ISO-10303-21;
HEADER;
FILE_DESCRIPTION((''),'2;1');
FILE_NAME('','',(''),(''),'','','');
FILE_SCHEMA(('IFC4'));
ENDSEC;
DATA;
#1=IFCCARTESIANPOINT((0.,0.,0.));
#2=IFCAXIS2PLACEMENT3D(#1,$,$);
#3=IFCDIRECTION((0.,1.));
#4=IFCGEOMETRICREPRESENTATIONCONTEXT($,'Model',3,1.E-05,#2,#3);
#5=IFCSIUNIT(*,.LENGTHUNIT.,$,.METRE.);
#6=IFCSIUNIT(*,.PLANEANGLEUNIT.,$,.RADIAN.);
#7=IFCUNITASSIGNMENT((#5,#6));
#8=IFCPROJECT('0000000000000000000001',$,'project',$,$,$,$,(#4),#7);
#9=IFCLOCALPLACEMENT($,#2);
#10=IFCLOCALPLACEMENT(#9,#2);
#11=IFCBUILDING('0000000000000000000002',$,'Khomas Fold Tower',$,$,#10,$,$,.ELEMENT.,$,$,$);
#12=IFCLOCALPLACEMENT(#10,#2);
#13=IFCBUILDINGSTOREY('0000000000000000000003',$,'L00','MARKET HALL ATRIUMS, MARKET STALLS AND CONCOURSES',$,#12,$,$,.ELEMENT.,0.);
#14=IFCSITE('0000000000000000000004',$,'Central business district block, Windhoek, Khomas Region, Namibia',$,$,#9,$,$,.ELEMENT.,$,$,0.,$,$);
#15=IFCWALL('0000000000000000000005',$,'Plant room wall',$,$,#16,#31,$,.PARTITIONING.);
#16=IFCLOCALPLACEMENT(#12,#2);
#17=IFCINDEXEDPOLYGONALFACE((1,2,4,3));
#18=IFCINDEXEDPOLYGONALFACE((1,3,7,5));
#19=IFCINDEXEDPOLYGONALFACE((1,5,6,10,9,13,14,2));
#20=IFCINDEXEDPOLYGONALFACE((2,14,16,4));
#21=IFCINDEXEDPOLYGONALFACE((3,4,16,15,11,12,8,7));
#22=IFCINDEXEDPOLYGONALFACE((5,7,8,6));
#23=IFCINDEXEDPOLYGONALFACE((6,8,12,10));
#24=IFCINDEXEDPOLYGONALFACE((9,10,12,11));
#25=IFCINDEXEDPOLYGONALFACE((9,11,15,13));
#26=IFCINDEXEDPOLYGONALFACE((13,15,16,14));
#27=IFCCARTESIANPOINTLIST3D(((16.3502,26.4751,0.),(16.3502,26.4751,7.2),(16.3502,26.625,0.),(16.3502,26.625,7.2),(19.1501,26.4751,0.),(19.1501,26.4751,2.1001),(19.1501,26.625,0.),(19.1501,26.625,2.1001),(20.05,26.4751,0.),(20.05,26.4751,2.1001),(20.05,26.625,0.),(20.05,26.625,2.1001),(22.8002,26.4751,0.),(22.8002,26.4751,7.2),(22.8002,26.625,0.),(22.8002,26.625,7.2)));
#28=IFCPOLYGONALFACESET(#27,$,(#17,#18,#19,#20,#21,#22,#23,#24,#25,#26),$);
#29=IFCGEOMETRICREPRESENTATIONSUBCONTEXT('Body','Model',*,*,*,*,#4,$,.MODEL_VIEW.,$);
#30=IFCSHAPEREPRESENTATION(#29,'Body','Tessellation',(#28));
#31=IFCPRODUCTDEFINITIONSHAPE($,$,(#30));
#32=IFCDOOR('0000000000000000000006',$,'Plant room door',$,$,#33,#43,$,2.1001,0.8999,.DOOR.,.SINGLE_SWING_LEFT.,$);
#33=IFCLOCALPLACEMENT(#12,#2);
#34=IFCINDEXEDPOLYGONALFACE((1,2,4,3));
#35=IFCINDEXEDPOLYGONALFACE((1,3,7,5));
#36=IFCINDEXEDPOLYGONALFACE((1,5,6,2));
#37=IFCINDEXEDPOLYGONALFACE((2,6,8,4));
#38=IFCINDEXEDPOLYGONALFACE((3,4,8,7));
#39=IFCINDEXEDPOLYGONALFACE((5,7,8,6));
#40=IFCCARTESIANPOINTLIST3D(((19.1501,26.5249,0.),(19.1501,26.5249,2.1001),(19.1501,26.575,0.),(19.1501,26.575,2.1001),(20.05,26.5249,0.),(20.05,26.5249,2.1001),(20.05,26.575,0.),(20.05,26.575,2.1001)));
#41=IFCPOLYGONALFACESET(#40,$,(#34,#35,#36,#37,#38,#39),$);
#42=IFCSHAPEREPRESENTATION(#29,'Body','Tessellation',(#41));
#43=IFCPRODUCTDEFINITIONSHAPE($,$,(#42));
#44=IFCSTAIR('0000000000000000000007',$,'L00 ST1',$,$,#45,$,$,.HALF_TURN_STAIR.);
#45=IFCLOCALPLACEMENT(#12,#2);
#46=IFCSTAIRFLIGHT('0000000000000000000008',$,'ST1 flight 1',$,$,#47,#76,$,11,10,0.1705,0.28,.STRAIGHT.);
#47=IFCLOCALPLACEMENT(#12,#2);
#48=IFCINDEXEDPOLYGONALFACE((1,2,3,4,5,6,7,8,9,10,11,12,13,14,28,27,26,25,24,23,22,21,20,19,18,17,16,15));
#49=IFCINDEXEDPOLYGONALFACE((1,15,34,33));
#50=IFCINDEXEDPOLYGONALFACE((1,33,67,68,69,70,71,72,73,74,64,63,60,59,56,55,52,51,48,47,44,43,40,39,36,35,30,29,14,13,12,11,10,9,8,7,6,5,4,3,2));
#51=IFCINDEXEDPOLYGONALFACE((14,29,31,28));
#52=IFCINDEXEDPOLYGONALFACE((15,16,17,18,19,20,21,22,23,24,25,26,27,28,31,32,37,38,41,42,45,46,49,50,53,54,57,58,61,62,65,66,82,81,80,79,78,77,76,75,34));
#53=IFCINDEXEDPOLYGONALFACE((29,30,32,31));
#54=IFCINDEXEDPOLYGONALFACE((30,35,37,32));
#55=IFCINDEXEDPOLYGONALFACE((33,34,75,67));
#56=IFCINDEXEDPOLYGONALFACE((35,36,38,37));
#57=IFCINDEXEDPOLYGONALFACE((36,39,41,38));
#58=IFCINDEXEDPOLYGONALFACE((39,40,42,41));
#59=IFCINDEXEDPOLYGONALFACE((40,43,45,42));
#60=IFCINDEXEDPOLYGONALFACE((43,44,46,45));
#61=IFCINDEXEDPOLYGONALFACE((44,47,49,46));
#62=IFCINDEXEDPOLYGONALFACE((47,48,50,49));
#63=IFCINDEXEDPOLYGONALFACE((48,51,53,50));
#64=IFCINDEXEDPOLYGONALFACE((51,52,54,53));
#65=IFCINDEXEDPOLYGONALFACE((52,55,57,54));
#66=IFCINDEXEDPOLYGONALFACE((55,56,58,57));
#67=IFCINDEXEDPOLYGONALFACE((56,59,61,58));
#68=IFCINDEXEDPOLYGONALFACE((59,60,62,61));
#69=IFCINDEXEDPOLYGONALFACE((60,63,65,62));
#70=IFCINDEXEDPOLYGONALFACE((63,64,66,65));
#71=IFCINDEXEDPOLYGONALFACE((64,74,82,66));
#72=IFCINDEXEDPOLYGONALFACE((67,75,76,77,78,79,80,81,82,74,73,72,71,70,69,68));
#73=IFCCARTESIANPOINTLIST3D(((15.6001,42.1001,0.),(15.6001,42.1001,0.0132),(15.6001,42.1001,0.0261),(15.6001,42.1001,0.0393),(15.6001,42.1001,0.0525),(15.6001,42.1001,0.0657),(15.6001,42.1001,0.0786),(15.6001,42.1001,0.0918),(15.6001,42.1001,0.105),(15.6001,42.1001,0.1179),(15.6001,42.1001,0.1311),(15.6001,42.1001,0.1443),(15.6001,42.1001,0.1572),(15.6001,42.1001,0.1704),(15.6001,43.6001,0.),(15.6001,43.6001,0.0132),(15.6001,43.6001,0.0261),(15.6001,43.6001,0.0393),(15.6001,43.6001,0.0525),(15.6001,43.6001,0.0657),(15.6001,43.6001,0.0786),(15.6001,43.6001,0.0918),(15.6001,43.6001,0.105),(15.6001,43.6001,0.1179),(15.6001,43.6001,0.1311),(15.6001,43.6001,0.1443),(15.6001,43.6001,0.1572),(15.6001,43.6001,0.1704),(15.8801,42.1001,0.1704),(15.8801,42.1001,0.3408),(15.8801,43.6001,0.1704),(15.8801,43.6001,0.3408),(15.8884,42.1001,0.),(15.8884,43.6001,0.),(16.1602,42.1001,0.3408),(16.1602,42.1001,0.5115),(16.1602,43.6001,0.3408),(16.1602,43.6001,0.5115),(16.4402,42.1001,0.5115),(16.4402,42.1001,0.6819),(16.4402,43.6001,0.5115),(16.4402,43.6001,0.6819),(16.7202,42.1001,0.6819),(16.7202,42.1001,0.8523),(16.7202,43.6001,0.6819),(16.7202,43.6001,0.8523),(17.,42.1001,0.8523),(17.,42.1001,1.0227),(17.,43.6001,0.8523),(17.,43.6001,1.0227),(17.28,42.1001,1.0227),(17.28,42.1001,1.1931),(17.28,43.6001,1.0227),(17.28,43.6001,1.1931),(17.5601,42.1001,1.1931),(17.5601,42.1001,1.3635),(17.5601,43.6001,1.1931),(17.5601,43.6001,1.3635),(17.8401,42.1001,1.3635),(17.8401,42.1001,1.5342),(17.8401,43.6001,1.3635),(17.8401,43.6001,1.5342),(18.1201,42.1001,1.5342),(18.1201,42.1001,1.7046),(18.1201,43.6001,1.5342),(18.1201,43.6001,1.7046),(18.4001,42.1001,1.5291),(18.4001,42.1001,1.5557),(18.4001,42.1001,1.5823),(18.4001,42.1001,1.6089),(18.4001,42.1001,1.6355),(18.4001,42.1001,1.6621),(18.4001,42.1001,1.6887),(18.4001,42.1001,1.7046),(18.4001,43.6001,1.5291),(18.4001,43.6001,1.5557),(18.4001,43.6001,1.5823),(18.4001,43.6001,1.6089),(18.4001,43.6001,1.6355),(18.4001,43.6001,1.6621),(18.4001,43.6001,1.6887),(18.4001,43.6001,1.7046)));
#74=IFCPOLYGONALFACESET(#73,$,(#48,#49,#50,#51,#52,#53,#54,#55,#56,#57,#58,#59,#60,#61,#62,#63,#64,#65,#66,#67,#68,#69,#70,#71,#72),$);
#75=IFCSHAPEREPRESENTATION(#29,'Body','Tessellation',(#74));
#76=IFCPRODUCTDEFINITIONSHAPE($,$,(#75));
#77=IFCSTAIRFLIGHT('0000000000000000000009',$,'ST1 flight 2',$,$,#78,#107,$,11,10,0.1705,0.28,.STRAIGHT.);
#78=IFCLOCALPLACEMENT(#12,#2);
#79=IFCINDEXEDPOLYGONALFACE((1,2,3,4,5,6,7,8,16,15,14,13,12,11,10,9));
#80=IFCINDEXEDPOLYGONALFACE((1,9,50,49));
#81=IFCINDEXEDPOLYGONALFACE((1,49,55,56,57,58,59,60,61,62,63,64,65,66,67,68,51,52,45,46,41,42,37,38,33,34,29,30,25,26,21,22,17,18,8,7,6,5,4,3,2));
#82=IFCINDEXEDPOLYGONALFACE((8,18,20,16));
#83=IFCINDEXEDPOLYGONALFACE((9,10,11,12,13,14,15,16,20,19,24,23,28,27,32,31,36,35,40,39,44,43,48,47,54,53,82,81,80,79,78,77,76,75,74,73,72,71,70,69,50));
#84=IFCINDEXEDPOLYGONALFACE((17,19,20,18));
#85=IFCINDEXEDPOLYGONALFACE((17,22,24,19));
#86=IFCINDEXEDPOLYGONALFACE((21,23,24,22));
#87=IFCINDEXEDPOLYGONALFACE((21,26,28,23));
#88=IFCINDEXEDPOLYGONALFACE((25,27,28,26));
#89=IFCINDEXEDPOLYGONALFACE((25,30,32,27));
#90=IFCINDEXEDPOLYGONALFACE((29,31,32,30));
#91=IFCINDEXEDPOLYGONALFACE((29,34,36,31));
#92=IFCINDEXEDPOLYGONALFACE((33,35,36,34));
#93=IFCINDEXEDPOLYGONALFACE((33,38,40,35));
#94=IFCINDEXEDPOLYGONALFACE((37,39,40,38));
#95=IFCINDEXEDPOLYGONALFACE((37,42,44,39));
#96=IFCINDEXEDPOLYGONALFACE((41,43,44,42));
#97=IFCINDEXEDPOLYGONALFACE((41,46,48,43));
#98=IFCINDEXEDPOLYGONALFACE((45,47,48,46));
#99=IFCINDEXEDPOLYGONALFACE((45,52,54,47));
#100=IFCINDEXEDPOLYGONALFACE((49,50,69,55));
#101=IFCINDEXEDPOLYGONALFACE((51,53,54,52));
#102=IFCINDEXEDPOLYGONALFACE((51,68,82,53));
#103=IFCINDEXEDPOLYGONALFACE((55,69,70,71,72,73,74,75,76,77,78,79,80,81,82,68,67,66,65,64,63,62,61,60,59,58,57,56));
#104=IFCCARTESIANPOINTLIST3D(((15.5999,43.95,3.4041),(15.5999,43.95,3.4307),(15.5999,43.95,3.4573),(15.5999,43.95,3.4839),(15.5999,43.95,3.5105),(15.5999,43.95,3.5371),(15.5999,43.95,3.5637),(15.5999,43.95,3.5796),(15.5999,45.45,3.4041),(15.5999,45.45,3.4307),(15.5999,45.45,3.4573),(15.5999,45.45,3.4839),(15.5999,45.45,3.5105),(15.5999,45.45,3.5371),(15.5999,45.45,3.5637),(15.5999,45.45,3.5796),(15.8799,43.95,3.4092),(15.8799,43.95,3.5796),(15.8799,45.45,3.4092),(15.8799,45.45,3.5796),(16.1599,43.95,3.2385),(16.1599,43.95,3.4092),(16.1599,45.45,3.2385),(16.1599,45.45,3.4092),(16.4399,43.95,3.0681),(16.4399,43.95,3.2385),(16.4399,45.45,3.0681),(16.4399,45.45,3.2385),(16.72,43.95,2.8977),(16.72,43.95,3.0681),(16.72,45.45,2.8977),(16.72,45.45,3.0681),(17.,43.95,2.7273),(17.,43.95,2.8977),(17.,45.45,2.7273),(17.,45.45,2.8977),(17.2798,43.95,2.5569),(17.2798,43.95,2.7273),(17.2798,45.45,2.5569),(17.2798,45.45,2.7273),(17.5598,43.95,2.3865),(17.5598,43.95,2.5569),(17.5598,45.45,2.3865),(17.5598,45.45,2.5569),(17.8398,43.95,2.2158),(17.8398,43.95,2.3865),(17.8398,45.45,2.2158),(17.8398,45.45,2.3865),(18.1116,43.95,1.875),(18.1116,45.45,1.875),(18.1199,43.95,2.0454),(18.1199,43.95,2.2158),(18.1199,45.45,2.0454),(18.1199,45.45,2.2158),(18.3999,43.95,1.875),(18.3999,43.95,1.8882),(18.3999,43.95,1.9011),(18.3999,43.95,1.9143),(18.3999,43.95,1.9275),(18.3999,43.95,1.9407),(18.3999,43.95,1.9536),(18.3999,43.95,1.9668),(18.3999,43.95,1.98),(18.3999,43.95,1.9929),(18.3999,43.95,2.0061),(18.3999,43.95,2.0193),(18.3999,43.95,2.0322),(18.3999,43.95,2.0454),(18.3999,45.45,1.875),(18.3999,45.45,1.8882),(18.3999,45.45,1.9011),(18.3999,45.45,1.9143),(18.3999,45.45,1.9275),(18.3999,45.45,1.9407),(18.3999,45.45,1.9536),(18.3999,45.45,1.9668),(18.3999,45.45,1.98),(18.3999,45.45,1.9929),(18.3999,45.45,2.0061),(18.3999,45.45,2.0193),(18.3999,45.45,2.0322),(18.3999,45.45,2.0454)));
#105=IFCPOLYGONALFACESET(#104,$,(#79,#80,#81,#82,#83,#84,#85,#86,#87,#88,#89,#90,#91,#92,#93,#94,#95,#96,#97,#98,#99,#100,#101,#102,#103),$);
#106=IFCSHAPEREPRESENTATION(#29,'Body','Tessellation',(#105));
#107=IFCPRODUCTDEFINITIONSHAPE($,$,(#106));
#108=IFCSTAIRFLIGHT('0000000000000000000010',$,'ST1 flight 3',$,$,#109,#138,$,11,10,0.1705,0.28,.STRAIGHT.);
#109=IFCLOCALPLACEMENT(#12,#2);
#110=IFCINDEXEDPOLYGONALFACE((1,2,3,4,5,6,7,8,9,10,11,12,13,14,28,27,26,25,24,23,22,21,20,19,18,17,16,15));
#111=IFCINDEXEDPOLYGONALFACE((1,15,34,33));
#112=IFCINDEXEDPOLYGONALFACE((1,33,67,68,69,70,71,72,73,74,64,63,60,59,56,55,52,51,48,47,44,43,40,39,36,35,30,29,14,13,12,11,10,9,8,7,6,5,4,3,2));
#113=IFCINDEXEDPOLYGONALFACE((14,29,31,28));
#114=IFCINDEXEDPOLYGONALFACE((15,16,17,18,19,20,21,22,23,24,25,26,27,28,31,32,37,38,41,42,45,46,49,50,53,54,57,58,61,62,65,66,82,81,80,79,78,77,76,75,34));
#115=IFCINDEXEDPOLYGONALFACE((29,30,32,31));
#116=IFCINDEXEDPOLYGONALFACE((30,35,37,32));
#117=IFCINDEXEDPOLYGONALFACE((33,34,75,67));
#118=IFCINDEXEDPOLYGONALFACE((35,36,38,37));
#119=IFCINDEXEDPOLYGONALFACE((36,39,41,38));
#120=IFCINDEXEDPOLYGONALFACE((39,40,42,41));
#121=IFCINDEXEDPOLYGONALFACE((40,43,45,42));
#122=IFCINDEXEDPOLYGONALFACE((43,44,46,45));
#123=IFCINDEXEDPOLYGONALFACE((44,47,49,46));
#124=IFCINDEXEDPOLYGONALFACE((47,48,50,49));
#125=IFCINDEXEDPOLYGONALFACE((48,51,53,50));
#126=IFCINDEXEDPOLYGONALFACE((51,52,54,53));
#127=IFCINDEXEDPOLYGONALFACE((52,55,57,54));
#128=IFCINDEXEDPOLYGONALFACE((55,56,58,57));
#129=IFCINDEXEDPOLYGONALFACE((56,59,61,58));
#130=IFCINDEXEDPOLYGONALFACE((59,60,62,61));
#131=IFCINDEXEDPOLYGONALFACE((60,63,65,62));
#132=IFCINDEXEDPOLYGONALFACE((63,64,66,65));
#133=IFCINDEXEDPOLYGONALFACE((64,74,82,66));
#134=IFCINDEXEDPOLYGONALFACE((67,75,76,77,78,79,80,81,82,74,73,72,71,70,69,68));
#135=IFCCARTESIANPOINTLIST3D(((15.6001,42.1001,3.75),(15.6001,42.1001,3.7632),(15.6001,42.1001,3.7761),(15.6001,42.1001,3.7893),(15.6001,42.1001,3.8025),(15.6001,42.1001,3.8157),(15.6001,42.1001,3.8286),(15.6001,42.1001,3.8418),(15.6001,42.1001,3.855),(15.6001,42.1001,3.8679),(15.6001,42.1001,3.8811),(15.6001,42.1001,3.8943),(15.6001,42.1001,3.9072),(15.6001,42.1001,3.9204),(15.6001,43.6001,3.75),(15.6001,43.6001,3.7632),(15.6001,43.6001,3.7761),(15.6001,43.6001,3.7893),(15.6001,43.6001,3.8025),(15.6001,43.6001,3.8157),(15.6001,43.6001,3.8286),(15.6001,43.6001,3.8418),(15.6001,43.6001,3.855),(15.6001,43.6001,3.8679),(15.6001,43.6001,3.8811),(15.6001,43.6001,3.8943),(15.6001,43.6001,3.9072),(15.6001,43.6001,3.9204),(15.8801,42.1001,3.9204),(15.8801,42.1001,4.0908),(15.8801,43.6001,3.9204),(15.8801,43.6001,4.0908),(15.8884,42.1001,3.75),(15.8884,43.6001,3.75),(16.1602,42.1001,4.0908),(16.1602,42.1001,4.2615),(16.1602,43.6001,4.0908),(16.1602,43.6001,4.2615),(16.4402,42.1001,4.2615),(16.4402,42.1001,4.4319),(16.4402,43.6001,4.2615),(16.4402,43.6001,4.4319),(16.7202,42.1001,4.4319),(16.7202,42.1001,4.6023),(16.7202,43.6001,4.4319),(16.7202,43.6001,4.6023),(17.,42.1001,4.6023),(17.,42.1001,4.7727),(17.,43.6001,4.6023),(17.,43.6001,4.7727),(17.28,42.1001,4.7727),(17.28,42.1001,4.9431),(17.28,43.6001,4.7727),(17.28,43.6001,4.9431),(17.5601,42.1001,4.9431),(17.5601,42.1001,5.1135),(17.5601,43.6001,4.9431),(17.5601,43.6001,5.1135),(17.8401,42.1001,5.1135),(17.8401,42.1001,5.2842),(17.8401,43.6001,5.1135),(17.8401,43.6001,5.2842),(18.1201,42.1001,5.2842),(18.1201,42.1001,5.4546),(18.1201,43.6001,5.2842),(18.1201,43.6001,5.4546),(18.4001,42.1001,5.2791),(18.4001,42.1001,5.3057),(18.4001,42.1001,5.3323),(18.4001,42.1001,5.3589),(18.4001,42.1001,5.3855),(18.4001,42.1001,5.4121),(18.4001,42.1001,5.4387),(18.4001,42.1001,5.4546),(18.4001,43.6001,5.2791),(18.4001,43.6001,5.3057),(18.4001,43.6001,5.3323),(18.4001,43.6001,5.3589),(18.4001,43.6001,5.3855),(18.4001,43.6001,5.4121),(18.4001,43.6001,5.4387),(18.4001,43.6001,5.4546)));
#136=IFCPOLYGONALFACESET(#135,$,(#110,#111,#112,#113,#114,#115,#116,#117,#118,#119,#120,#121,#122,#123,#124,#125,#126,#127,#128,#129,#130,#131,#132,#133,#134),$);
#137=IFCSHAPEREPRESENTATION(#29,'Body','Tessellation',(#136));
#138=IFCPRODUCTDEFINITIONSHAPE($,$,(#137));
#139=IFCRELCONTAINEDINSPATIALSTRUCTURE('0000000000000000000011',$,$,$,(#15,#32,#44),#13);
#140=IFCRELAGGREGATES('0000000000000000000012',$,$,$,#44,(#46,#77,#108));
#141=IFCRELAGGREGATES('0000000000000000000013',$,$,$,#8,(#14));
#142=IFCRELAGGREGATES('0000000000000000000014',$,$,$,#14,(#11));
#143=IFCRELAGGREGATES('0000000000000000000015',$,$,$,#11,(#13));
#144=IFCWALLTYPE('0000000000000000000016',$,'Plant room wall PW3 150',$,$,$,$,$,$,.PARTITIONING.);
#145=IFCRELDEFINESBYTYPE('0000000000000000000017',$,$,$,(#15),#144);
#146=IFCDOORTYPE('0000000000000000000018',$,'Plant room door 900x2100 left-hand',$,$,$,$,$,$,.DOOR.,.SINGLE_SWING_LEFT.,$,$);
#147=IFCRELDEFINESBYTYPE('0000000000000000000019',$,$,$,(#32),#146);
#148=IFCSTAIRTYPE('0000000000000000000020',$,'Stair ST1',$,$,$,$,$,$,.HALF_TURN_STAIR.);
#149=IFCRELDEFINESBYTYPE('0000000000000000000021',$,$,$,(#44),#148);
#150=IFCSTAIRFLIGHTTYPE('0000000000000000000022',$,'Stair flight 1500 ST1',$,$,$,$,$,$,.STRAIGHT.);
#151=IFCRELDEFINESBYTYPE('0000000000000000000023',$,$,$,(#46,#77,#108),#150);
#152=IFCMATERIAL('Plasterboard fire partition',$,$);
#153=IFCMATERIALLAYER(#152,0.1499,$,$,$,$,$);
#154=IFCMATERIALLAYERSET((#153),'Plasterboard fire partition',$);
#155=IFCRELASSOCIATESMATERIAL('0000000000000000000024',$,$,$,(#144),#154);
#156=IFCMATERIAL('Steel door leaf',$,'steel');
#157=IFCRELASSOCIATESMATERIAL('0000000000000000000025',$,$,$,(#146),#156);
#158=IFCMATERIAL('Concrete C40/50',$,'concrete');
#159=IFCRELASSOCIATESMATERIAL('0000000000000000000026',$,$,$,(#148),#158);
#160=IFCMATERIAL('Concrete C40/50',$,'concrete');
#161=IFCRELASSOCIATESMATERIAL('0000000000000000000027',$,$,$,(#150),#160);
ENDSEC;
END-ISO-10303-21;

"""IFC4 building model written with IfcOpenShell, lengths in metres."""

from ifc_helpers import new_model, si_unit, direction, frame, frame_2d, origin, place, context, subcontext, project, spatial, polyline, rectangle, outline, extrude, source, transform, mapped, material, layer, layer_set, type_object, element, fill, aggregate, save


model = new_model("IFC4")

# Units and contexts
model_context = context("Model", 3, precision=1e-05, world=origin(), true_north=direction((0.0, 1.0)))
body_context = subcontext(model_context, "Body", "Model", "MODEL_VIEW")
ifc_project = project(units=[si_unit("LENGTHUNIT", "METRE"), si_unit("PLANEANGLEUNIT", "RADIAN")], contexts=[model_context])

# Site, building, storey
site_placement = place(None, origin())
site = spatial("IfcSite", under=ifc_project, at=site_placement, Name="Central business district block, Windhoek, Khomas Region, Namibia", CompositionType="ELEMENT", RefElevation=0.0)
building_placement = place(site_placement, origin())
building = spatial("IfcBuilding", under=site, at=building_placement, Name="Khomas Fold Tower", CompositionType="ELEMENT")
storey_placement = place(building_placement, origin())
storey = spatial("IfcBuildingStorey", under=building, at=storey_placement, Name="L00", Description="MARKET HALL ATRIUMS, MARKET STALLS AND CONCOURSES", CompositionType="ELEMENT", Elevation=0.0)

# Shared definitions
ifc_material_1 = material(Name="Plasterboard fire partition")
ifc_layer_1 = layer(ifc_material_1, 0.1499)
ifc_layer_set_1 = layer_set([ifc_layer_1], Name="Plasterboard fire partition")
wall_type_1 = type_object("IfcWallType", Name="Plant room wall PW3 150", PredefinedType="PARTITIONING", material=ifc_layer_set_1)

# Wall, opening, door
shared_shape_1 = source(origin(), body_context, "Body", "SweptSolid", [
    extrude(rectangle(XDim=6.45, YDim=0.1499, at=frame_2d((3.2251, 0.0))), origin(), (0.0, 0.0, 1.0), 7.2),
])
wall_1_placement = place(storey_placement, frame((16.3501, 26.55, 0.0), z_axis=(0.0, 0.0, 1.0), x_axis=(1.0, 0.0, 0.0)))
wall_1 = element("IfcWall", 1, at=wall_1_placement, inside=storey, type_object=wall_type_1, Name="Plant room wall", PredefinedType="PARTITIONING", context=body_context, shape_type="MappedRepresentation", body=[
    mapped(shared_shape_1, transform((0.0, 0.0, 0.0))),
])
shared_shape_2 = source(origin(), body_context, "Body", "SweptSolid", [
    extrude(rectangle(XDim=0.8999, YDim=2.1001, at=frame_2d((0.45, 1.05))), frame((0.0, 0.085, 0.0), z_axis=(0.0, -1.0, 0.0), x_axis=(1.0, 0.0, 0.0)), (0.0, 0.0, 1.0), 0.1699),
])
opening_placement = place(wall_1_placement, frame((2.8, 0.0, 0.0)))
opening = element("IfcOpeningElement", 2, at=opening_placement, cuts=wall_1, PredefinedType="OPENING", context=body_context, shape_type="MappedRepresentation", body=[
    mapped(shared_shape_2, transform((0.0, 0.0, 0.0))),
])
ifc_material_2 = material(Name="Steel door leaf", Category="steel")
door_type = type_object("IfcDoorType", Name="Plant room door 900x2100 left-hand", OperationType="SINGLE_SWING_LEFT", PredefinedType="DOOR", material=ifc_material_2)
shared_shape_3 = source(origin(), body_context, "Body", "SweptSolid", [
    extrude(rectangle(XDim=0.8999, YDim=2.1001, at=frame_2d((0.45, 1.05))), frame((0.0, 0.0249, 0.0), z_axis=(0.0, -1.0, 0.0), x_axis=(1.0, 0.0, 0.0)), (0.0, 0.0, 1.0), 0.05),
])
door_placement = place(opening_placement, origin())
door = element("IfcDoor", 3, at=door_placement, inside=storey, type_object=door_type, Name="Plant room door", OperationType="SINGLE_SWING_LEFT", OverallHeight=2.1001, OverallWidth=0.8999, PredefinedType="DOOR", context=body_context, shape_type="MappedRepresentation", body=[
    mapped(shared_shape_3, transform((0.0, 0.0, 0.0))),
])
fill(opening, door)

# Stair, stair flights
ifc_material_3 = material(Name="Concrete C40/50", Category="concrete")
stair_type = type_object("IfcStairType", Name="Stair ST1", PredefinedType="HALF_TURN_STAIR", material=ifc_material_3)
stair_placement = place(storey_placement, origin())
stair = element("IfcStair", 4, at=stair_placement, inside=storey, type_object=stair_type, Name="L00 ST1", PredefinedType="HALF_TURN_STAIR")
ifc_material_4 = material(Name="Concrete C40/50", Category="concrete")
stair_flight_type = type_object("IfcStairFlightType", Name="Stair flight 1500 ST1", PredefinedType="STRAIGHT", material=ifc_material_4)
shared_shape_4 = source(origin(), body_context, "Body", "SweptSolid", [
    extrude(outline(polyline([(0.0, 0.0), (0.0, 0.0132), (0.0, 0.0261), (0.0, 0.0393), (0.0, 0.0525), (0.0, 0.0657), (0.0, 0.0786), (0.0, 0.0918), (0.0, 0.105), (0.0, 0.1179), (0.0, 0.1311), (0.0, 0.1443), (0.0, 0.1572), (0.0, 0.1704), (0.28, 0.1704), (0.28, 0.3408), (0.5601, 0.3408), (0.5601, 0.5115), (0.8401, 0.5115), (0.8401, 0.6819), (1.1201, 0.6819), (1.1201, 0.8523), (1.3999, 0.8523), (1.3999, 1.0227), (1.6799, 1.0227), (1.6799, 1.1931), (1.96, 1.1931), (1.96, 1.3635), (2.24, 1.3635), (2.24, 1.5342), (2.52, 1.5342), (2.52, 1.7046), (2.8, 1.7046), (2.8, 1.875), (2.8, 1.8484), (2.8, 1.8218), (2.8, 1.7952), (2.8, 1.7686), (2.8, 1.7419), (2.8, 1.7153), (2.8, 1.6887), (2.8, 1.6621), (2.8, 1.6355), (2.8, 1.6089), (2.8, 1.5823), (2.8, 1.5557), (2.8, 1.5291), (0.2883, 0.0), (0.0, 0.0)])), frame((0.0, 0.75, 0.0), z_axis=(0.0, -1.0, 0.0), x_axis=(1.0, 0.0, 0.0)), (0.0, 0.0, 1.0), 1.5),
])
stair_flight_1_placement = place(storey_placement, frame((15.6001, 42.8501, 0.0), z_axis=(0.0, 0.0, 1.0), x_axis=(1.0, 0.0, 0.0)))
stair_flight_1 = element("IfcStairFlight", 5, at=stair_flight_1_placement, type_object=stair_flight_type, Name="ST1 flight 1", NumberOfRisers=11, NumberOfTreads=10, PredefinedType="STRAIGHT", RiserHeight=0.1705, TreadLength=0.28, context=body_context, shape_type="MappedRepresentation", body=[
    mapped(shared_shape_4, transform((0.0, 0.0, 0.0))),
])
stair_flight_2_placement = place(storey_placement, frame((18.3999, 44.7, 1.875), z_axis=(0.0, 0.0, 1.0), x_axis=(-1.0, 0.0, 0.0)))
stair_flight_2 = element("IfcStairFlight", 6, at=stair_flight_2_placement, type_object=stair_flight_type, Name="ST1 flight 2", NumberOfRisers=11, NumberOfTreads=10, PredefinedType="STRAIGHT", RiserHeight=0.1705, TreadLength=0.28, context=body_context, shape_type="MappedRepresentation", body=[
    mapped(shared_shape_4, transform((0.0, 0.0, 0.0))),
])
stair_flight_3_placement = place(storey_placement, frame((15.6001, 42.8501, 3.75), z_axis=(0.0, 0.0, 1.0), x_axis=(1.0, 0.0, 0.0)))
stair_flight_3 = element("IfcStairFlight", 7, at=stair_flight_3_placement, type_object=stair_flight_type, Name="ST1 flight 3", NumberOfRisers=11, NumberOfTreads=10, PredefinedType="STRAIGHT", RiserHeight=0.1705, TreadLength=0.28, context=body_context, shape_type="MappedRepresentation", body=[
    mapped(shared_shape_4, transform((0.0, 0.0, 0.0))),
])
aggregate(stair, [stair_flight_1, stair_flight_2, stair_flight_3])

save(model, "model.ifc")
